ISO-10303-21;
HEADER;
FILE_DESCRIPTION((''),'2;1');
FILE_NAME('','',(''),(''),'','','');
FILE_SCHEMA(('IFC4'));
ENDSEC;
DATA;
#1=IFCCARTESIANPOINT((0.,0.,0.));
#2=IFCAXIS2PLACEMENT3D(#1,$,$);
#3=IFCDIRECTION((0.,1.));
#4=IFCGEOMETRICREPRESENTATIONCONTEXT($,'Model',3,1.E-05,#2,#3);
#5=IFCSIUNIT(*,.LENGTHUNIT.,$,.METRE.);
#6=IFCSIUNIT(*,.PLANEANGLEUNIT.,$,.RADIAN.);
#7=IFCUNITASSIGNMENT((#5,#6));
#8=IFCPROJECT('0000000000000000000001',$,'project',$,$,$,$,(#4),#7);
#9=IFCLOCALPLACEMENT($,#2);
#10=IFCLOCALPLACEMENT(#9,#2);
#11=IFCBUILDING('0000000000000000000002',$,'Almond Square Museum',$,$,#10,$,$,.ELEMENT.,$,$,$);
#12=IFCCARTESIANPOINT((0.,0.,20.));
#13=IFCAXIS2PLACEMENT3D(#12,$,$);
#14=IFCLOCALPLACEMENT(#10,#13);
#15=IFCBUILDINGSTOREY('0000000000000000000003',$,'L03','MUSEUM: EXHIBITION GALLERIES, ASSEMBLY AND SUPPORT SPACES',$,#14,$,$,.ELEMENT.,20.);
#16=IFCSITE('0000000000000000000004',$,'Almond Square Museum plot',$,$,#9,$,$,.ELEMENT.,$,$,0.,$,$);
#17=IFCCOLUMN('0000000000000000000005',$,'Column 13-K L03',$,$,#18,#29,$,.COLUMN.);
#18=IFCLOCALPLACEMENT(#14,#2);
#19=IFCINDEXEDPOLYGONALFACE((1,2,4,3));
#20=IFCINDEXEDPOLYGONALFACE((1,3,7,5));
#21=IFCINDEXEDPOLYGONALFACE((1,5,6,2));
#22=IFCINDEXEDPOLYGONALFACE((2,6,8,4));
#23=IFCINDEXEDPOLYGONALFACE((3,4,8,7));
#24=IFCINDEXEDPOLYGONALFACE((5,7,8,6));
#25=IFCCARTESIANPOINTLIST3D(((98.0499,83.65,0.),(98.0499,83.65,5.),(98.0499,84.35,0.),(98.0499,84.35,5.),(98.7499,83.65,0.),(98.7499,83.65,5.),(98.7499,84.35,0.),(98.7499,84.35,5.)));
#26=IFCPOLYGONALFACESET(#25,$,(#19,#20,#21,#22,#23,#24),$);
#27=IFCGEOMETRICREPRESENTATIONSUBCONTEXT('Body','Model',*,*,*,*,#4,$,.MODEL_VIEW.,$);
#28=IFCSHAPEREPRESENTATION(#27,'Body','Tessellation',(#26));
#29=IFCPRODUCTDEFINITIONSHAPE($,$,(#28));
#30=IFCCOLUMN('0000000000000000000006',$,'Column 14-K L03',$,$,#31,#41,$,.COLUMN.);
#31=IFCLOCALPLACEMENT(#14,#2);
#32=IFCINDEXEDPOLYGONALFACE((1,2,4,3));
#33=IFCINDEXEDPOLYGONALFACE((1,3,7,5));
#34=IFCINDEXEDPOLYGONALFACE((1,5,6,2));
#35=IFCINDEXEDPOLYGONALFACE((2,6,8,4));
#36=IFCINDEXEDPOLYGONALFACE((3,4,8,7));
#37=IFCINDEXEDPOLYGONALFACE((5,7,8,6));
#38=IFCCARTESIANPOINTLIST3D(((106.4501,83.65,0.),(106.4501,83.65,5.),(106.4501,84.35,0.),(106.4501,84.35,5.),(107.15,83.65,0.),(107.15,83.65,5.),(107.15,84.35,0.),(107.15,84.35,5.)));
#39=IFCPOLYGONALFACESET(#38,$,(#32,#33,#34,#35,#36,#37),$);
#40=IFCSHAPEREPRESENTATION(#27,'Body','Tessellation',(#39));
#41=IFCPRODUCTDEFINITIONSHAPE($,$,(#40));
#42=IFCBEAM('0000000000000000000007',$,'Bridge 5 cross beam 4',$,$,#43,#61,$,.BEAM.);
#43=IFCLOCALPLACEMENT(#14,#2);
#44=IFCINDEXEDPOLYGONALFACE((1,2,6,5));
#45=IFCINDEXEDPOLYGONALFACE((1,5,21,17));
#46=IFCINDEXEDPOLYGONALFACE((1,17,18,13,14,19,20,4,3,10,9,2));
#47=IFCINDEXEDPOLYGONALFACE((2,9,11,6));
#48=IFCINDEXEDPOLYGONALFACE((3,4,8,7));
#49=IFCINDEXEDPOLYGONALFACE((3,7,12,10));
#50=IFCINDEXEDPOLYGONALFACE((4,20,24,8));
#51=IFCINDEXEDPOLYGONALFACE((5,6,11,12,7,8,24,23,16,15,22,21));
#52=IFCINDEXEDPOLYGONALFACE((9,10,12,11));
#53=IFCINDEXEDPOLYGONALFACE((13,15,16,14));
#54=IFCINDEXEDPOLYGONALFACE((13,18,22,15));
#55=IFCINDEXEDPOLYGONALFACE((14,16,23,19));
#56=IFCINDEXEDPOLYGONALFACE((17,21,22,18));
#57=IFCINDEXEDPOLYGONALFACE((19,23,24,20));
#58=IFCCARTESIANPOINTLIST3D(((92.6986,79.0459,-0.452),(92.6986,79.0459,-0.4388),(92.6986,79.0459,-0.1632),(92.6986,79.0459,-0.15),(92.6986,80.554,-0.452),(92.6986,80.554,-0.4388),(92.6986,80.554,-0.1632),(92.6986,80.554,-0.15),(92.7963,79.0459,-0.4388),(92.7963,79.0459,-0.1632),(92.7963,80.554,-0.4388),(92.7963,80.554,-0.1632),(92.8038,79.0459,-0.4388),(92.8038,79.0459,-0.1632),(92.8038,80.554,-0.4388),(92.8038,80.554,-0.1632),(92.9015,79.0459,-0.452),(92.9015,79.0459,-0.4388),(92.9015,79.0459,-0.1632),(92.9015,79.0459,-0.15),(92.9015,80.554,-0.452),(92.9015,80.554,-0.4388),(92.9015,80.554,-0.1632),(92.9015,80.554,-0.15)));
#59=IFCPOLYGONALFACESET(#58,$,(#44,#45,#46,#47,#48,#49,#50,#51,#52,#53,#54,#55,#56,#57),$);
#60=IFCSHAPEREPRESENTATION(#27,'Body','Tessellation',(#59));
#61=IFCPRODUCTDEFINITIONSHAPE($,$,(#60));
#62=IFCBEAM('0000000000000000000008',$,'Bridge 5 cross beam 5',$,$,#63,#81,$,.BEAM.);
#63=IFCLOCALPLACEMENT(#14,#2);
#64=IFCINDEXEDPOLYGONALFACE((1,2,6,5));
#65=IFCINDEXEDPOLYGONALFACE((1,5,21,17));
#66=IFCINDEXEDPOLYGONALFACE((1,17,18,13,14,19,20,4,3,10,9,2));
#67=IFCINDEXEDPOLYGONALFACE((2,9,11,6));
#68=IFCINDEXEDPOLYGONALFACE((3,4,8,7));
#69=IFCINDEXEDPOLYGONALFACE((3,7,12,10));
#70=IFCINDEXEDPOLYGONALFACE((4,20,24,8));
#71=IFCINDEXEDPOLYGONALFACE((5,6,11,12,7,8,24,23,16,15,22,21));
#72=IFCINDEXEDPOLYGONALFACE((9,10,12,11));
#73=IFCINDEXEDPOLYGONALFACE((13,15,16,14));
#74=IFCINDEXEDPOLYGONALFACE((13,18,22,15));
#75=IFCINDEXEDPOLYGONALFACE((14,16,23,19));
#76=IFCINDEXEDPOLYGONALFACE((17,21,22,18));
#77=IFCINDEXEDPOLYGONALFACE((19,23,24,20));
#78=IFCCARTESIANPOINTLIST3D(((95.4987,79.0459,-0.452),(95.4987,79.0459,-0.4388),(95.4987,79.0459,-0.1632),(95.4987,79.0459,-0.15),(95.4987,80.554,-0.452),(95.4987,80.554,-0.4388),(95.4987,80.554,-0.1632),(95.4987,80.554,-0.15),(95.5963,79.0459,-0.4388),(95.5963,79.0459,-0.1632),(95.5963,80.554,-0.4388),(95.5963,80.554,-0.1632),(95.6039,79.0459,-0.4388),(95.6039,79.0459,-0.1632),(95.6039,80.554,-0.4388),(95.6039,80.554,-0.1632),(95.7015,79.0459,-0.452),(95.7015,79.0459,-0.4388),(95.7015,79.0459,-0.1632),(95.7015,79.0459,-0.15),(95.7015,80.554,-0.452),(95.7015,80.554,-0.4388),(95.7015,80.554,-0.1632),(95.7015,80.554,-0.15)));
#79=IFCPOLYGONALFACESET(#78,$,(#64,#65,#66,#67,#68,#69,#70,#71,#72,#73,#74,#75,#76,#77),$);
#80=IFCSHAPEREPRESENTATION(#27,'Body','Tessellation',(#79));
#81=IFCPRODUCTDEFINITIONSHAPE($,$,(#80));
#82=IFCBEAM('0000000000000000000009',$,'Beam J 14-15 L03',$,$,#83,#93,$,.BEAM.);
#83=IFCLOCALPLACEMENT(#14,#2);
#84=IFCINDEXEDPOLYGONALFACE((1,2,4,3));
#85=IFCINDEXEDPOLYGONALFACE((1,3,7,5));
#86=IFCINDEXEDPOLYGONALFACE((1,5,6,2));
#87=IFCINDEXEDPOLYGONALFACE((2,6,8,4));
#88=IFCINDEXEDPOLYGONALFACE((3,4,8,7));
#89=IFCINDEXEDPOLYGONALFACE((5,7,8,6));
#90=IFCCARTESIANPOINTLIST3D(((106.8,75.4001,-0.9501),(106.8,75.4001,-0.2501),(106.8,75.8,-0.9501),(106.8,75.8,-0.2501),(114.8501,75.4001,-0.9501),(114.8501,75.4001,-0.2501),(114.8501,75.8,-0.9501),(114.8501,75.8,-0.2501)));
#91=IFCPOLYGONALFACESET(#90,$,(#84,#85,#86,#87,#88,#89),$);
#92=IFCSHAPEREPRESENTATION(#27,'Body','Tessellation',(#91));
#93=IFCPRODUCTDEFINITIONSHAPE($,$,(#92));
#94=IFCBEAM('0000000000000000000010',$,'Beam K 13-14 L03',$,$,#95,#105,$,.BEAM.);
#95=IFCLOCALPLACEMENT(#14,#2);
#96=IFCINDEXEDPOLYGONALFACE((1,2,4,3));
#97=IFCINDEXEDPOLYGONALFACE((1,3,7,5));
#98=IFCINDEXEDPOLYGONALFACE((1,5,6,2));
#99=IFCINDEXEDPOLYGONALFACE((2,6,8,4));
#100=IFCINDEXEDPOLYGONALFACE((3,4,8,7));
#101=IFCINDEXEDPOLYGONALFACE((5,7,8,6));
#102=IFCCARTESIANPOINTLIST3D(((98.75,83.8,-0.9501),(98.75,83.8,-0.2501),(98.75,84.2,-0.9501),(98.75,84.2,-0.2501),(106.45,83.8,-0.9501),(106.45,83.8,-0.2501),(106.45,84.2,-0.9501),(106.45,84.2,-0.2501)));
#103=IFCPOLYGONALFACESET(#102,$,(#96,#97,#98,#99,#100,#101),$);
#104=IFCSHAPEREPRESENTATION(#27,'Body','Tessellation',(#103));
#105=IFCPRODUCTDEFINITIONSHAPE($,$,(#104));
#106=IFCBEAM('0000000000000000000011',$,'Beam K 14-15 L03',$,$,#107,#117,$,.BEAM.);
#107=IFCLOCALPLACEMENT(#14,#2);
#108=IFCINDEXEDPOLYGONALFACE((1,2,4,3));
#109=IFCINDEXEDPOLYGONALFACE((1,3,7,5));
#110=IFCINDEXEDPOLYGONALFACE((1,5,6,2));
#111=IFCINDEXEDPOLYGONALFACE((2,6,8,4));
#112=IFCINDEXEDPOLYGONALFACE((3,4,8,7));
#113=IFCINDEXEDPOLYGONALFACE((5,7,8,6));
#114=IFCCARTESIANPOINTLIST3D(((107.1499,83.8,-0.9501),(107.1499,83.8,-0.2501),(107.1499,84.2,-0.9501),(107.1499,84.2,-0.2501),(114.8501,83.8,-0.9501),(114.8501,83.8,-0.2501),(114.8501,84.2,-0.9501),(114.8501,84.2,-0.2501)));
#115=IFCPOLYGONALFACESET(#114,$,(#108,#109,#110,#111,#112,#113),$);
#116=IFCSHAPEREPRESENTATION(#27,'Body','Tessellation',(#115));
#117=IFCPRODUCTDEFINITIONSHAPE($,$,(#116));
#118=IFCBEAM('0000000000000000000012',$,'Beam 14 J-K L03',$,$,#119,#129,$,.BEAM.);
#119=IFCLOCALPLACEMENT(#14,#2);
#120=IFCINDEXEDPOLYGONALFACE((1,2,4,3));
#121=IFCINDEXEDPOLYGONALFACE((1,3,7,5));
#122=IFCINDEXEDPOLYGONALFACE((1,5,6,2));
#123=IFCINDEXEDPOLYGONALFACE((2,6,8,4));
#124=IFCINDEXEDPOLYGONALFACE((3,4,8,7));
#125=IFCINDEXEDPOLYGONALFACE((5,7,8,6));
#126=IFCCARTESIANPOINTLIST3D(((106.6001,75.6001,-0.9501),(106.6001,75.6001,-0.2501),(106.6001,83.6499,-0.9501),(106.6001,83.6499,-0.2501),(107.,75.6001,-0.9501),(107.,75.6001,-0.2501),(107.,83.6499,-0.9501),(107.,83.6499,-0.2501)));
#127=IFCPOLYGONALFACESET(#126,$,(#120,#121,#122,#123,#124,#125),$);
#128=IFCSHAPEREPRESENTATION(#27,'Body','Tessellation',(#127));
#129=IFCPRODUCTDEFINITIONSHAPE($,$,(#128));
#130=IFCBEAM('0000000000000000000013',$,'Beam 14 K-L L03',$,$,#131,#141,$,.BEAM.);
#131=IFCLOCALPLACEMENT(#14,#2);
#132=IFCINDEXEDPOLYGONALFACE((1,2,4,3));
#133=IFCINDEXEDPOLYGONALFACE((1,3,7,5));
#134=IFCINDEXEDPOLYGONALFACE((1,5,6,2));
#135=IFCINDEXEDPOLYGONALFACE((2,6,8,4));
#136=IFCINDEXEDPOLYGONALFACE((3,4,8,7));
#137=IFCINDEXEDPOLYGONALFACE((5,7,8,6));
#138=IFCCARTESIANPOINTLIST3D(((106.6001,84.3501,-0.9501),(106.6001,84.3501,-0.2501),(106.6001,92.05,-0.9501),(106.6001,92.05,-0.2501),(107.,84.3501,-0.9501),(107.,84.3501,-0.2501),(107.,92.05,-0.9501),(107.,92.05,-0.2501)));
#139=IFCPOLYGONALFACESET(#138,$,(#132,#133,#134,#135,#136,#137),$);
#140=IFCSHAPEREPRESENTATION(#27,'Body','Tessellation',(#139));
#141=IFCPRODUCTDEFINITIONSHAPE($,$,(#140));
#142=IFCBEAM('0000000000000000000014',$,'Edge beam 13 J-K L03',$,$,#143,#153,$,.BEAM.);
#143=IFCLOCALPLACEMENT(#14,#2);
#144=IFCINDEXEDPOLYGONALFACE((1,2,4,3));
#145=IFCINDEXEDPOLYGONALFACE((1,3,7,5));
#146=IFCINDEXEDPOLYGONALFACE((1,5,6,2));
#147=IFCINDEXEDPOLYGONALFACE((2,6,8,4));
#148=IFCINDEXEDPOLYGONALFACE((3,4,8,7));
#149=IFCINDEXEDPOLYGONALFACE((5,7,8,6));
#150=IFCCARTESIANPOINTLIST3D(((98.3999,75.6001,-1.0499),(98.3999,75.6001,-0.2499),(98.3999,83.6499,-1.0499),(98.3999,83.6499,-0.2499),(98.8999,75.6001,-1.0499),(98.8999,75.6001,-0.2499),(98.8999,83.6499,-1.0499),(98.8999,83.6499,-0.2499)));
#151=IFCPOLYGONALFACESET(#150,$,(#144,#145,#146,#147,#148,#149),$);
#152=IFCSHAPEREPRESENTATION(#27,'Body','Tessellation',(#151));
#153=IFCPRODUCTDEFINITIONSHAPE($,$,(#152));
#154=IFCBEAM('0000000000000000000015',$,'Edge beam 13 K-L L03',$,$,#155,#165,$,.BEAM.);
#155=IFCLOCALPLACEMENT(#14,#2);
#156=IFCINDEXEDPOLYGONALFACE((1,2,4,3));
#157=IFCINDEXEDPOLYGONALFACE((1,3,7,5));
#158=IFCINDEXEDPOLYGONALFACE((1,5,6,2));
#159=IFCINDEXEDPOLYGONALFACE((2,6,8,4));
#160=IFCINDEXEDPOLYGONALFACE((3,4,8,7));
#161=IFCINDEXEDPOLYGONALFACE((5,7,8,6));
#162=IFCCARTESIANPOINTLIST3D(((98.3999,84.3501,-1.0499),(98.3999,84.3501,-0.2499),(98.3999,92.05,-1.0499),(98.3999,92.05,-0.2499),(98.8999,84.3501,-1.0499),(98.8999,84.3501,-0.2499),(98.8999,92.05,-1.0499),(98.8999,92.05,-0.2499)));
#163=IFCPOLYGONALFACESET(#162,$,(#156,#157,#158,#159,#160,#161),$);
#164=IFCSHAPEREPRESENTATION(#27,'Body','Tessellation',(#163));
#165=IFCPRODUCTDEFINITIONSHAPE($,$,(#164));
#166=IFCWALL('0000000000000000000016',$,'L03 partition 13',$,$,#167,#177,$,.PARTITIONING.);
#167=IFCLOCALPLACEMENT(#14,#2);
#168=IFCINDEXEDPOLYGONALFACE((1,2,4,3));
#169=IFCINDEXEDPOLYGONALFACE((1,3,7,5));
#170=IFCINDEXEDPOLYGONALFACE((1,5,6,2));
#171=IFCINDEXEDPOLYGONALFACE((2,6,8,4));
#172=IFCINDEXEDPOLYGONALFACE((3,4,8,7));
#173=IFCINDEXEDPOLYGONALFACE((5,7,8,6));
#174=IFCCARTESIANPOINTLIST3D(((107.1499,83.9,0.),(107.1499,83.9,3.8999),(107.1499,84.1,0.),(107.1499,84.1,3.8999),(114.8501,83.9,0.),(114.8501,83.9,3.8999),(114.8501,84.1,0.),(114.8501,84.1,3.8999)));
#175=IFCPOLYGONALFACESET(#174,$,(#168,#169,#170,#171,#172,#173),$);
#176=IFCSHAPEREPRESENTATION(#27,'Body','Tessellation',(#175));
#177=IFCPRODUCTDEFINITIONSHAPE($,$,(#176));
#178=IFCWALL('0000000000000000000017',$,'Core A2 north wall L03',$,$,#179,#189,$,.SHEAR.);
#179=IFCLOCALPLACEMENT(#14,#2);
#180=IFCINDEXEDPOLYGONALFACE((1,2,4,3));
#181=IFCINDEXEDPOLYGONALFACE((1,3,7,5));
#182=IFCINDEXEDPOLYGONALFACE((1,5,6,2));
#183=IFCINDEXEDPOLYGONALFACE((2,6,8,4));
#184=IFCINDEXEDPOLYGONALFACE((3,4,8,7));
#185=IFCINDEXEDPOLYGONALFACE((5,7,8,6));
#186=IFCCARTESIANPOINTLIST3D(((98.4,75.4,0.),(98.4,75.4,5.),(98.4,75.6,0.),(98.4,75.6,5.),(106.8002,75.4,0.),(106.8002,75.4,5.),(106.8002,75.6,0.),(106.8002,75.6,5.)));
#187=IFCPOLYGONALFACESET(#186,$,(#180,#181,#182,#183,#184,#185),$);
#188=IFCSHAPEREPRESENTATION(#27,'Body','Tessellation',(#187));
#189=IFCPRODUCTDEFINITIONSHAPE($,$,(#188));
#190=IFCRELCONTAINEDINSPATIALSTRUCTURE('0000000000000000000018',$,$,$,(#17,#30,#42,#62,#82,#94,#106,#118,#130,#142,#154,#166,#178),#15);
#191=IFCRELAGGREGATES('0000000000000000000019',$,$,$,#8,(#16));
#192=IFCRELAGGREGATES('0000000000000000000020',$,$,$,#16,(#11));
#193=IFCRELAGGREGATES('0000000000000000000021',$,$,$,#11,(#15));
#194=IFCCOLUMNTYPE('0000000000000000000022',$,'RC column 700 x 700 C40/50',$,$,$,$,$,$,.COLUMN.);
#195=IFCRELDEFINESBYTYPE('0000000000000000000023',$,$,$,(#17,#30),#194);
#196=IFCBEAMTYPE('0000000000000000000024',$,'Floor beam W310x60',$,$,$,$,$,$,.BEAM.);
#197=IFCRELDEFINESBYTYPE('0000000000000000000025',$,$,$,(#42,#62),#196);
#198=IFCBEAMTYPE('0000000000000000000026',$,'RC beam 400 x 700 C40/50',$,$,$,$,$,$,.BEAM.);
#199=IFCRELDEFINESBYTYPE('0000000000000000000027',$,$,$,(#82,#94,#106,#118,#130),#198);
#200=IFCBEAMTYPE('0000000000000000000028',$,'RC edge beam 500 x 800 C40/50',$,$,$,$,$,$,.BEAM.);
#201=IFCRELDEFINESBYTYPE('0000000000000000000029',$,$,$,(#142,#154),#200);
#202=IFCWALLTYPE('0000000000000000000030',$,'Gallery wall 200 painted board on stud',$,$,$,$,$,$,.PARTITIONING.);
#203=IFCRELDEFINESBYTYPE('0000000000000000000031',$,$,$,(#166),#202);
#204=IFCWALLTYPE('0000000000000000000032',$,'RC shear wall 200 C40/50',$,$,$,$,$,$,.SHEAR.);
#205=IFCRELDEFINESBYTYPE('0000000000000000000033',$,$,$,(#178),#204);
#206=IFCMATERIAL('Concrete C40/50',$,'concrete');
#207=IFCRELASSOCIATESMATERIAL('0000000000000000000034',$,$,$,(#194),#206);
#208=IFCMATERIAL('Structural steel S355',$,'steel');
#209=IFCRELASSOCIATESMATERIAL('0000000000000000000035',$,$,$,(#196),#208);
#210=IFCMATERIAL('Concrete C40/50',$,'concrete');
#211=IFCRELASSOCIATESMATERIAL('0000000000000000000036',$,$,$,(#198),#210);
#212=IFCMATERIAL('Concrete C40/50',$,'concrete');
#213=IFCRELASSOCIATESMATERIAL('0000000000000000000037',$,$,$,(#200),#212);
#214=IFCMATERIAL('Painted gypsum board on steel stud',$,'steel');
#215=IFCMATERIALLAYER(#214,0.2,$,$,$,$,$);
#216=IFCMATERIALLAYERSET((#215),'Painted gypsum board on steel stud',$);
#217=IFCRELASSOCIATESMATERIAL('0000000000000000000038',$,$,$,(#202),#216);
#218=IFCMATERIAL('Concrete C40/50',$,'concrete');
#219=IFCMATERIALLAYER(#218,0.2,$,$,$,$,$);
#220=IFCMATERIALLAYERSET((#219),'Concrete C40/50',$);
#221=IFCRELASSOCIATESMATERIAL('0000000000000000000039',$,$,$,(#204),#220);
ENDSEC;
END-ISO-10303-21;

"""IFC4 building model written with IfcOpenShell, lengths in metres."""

from ifc_helpers import new_model, si_unit, direction, frame, frame_2d, origin, origin_2d, place, context, subcontext, project, spatial, rectangle, i_section, extrude, material, layer, layer_set, material_profile, profile_set, type_object, element, save


model = new_model("IFC4")

# Units and contexts
model_context = context("Model", 3, precision=1e-05, world=origin(), true_north=direction((0.0, 1.0)))
body_context = subcontext(model_context, "Body", "Model", "MODEL_VIEW")
ifc_project = project(units=[si_unit("LENGTHUNIT", "METRE"), si_unit("PLANEANGLEUNIT", "RADIAN")], contexts=[model_context])

# Site, building, storey
site_placement = place(None, origin())
site = spatial("IfcSite", under=ifc_project, at=site_placement, Name="Almond Square Museum plot", CompositionType="ELEMENT", RefElevation=0.0)
building_placement = place(site_placement, origin())
building = spatial("IfcBuilding", under=site, at=building_placement, Name="Almond Square Museum", CompositionType="ELEMENT")
storey_placement = place(building_placement, frame((0.0, 0.0, 20.0)))
storey = spatial("IfcBuildingStorey", under=building, at=storey_placement, Name="L03", Description="MUSEUM: EXHIBITION GALLERIES, ASSEMBLY AND SUPPORT SPACES", CompositionType="ELEMENT", Elevation=20.0)

# Columns
ifc_material_1 = material(Name="Concrete C40/50", Category="concrete")
ifc_material_profile_1 = material_profile(ifc_material_1, rectangle(XDim=0.7, YDim=0.7, at=origin_2d()))
ifc_profile_set_1 = profile_set([ifc_material_profile_1], Name="Concrete C40/50")
column_type = type_object("IfcColumnType", Name="RC column 700 x 700 C40/50", PredefinedType="COLUMN", material=ifc_profile_set_1)
for number, where, z_axis, x_axis, name in (
    (1, (98.3999, 84.0, 0.0), (0.0, 0.0, 1.0), (1.0, 0.0, 0.0), "Column 13-K L03"),
    (2, (106.8, 84.0, 0.0), (0.0, 0.0, 1.0), (1.0, 0.0, 0.0), "Column 14-K L03"),
):
    element("IfcColumn", number, at=place(storey_placement, frame(where, z_axis=z_axis, x_axis=x_axis)), inside=storey, type_object=column_type, Name=name, PredefinedType="COLUMN", context=body_context, shape_type="SweptSolid", body=[
        extrude(rectangle(XDim=0.7, YDim=0.7, at=origin_2d()), origin(), (0.0, 0.0, 1.0), 5.0),
    ])

# Beams
ifc_material_2 = material(Name="Structural steel S355", Category="steel")
ifc_material_profile_2 = material_profile(ifc_material_2, i_section(OverallWidth=0.2029, OverallDepth=0.302, WebThickness=0.0076, FlangeThickness=0.0132, at=origin_2d()))
ifc_profile_set_2 = profile_set([ifc_material_profile_2], Name="Structural steel S355")
beam_type_1 = type_object("IfcBeamType", Name="Floor beam W310x60", PredefinedType="BEAM", material=ifc_profile_set_2)
for number, where, z_axis, x_axis, name in (
    (3, (92.8, 79.0459, -0.301), (0.0, 1.0, 0.0), (-1.0, 0.0, 0.0), "Bridge 5 cross beam 4"),
    (4, (95.6001, 79.0459, -0.301), (0.0, 1.0, 0.0), (-1.0, 0.0, 0.0), "Bridge 5 cross beam 5"),
):
    element("IfcBeam", number, at=place(storey_placement, frame(where, z_axis=z_axis, x_axis=x_axis)), inside=storey, type_object=beam_type_1, Name=name, PredefinedType="BEAM", context=body_context, shape_type="SweptSolid", body=[
        extrude(i_section(OverallWidth=0.2029, OverallDepth=0.302, WebThickness=0.0076, FlangeThickness=0.0132, at=origin_2d()), origin(), (0.0, 0.0, 1.0), 1.5081),
    ])
ifc_material_3 = material(Name="Concrete C40/50", Category="concrete")
ifc_material_profile_3 = material_profile(ifc_material_3, rectangle(XDim=0.3999, YDim=0.7, at=origin_2d()))
ifc_profile_set_3 = profile_set([ifc_material_profile_3], Name="Concrete C40/50")
beam_type_2 = type_object("IfcBeamType", Name="RC beam 400 x 700 C40/50", PredefinedType="BEAM", material=ifc_profile_set_3)
beam_1_placement = place(storey_placement, frame((106.8, 75.6001, -0.6001), z_axis=(1.0, 0.0, 0.0), x_axis=(0.0, 1.0, 0.0)))
element("IfcBeam", 5, at=beam_1_placement, inside=storey, type_object=beam_type_2, Name="Beam J 14-15 L03", PredefinedType="BEAM", context=body_context, shape_type="SweptSolid", body=[
    extrude(rectangle(XDim=0.3999, YDim=0.7, at=origin_2d()), origin(), (0.0, 0.0, 1.0), 8.05),
])
beam_2_placement = place(storey_placement, frame((98.75, 84.0, -0.6001), z_axis=(1.0, 0.0, 0.0), x_axis=(0.0, 1.0, 0.0)))
element("IfcBeam", 6, at=beam_2_placement, inside=storey, type_object=beam_type_2, Name="Beam K 13-14 L03", PredefinedType="BEAM", context=body_context, shape_type="SweptSolid", body=[
    extrude(rectangle(XDim=0.3999, YDim=0.7, at=origin_2d()), origin(), (0.0, 0.0, 1.0), 7.7),
])
beam_3_placement = place(storey_placement, frame((107.1499, 84.0, -0.6001), z_axis=(1.0, 0.0, 0.0), x_axis=(0.0, 1.0, 0.0)))
element("IfcBeam", 7, at=beam_3_placement, inside=storey, type_object=beam_type_2, Name="Beam K 14-15 L03", PredefinedType="BEAM", context=body_context, shape_type="SweptSolid", body=[
    extrude(rectangle(XDim=0.3999, YDim=0.7, at=origin_2d()), origin(), (0.0, 0.0, 1.0), 7.7002),
])
beam_4_placement = place(storey_placement, frame((106.8, 75.6001, -0.6001), z_axis=(0.0, 1.0, 0.0), x_axis=(-1.0, 0.0, 0.0)))
element("IfcBeam", 8, at=beam_4_placement, inside=storey, type_object=beam_type_2, Name="Beam 14 J-K L03", PredefinedType="BEAM", context=body_context, shape_type="SweptSolid", body=[
    extrude(rectangle(XDim=0.3999, YDim=0.7, at=origin_2d()), origin(), (0.0, 0.0, 1.0), 8.0498),
])
beam_5_placement = place(storey_placement, frame((106.8, 84.3501, -0.6001), z_axis=(0.0, 1.0, 0.0), x_axis=(-1.0, 0.0, 0.0)))
element("IfcBeam", 9, at=beam_5_placement, inside=storey, type_object=beam_type_2, Name="Beam 14 K-L L03", PredefinedType="BEAM", context=body_context, shape_type="SweptSolid", body=[
    extrude(rectangle(XDim=0.3999, YDim=0.7, at=origin_2d()), origin(), (0.0, 0.0, 1.0), 7.7),
])
ifc_material_4 = material(Name="Concrete C40/50", Category="concrete")
ifc_material_profile_4 = material_profile(ifc_material_4, rectangle(XDim=0.5, YDim=0.8, at=origin_2d()))
ifc_profile_set_4 = profile_set([ifc_material_profile_4], Name="Concrete C40/50")
beam_type_3 = type_object("IfcBeamType", Name="RC edge beam 500 x 800 C40/50", PredefinedType="BEAM", material=ifc_profile_set_4)
beam_6_placement = place(storey_placement, frame((98.6499, 75.6001, -0.6499), z_axis=(0.0, 1.0, 0.0), x_axis=(-1.0, 0.0, 0.0)))
element("IfcBeam", 10, at=beam_6_placement, inside=storey, type_object=beam_type_3, Name="Edge beam 13 J-K L03", PredefinedType="BEAM", context=body_context, shape_type="SweptSolid", body=[
    extrude(rectangle(XDim=0.5, YDim=0.8, at=origin_2d()), origin(), (0.0, 0.0, 1.0), 8.0498),
])
beam_7_placement = place(storey_placement, frame((98.6499, 84.3501, -0.6499), z_axis=(0.0, 1.0, 0.0), x_axis=(-1.0, 0.0, 0.0)))
element("IfcBeam", 11, at=beam_7_placement, inside=storey, type_object=beam_type_3, Name="Edge beam 13 K-L L03", PredefinedType="BEAM", context=body_context, shape_type="SweptSolid", body=[
    extrude(rectangle(XDim=0.5, YDim=0.8, at=origin_2d()), origin(), (0.0, 0.0, 1.0), 7.7),
])

# Walls
ifc_material_5 = material(Name="Painted gypsum board on steel stud", Category="steel")
ifc_layer_1 = layer(ifc_material_5, 0.2)
ifc_layer_set_1 = layer_set([ifc_layer_1], Name="Painted gypsum board on steel stud")
wall_type_1 = type_object("IfcWallType", Name="Gallery wall 200 painted board on stud", PredefinedType="PARTITIONING", material=ifc_layer_set_1)
wall_1_placement = place(storey_placement, frame((107.1499, 84.0, 0.0), z_axis=(0.0, 0.0, 1.0), x_axis=(1.0, 0.0, 0.0)))
element("IfcWall", 12, at=wall_1_placement, inside=storey, type_object=wall_type_1, Name="L03 partition 13", PredefinedType="PARTITIONING", context=body_context, shape_type="SweptSolid", body=[
    extrude(rectangle(XDim=7.7002, YDim=0.2, at=frame_2d((3.8501, 0.0))), origin(), (0.0, 0.0, 1.0), 3.8999),
])
ifc_material_6 = material(Name="Concrete C40/50", Category="concrete")
ifc_layer_2 = layer(ifc_material_6, 0.2)
ifc_layer_set_2 = layer_set([ifc_layer_2], Name="Concrete C40/50")
wall_type_2 = type_object("IfcWallType", Name="RC shear wall 200 C40/50", PredefinedType="SHEAR", material=ifc_layer_set_2)
wall_2_placement = place(storey_placement, frame((98.3999, 75.5, 0.0), z_axis=(0.0, 0.0, 1.0), x_axis=(1.0, 0.0, 0.0)))
element("IfcWall", 13, at=wall_2_placement, inside=storey, type_object=wall_type_2, Name="Core A2 north wall L03", PredefinedType="SHEAR", context=body_context, shape_type="SweptSolid", body=[
    extrude(rectangle(XDim=8.4001, YDim=0.2, at=frame_2d((4.2002, 0.0))), origin(), (0.0, 0.0, 1.0), 5.0),
])

save(model, "model.ifc")
